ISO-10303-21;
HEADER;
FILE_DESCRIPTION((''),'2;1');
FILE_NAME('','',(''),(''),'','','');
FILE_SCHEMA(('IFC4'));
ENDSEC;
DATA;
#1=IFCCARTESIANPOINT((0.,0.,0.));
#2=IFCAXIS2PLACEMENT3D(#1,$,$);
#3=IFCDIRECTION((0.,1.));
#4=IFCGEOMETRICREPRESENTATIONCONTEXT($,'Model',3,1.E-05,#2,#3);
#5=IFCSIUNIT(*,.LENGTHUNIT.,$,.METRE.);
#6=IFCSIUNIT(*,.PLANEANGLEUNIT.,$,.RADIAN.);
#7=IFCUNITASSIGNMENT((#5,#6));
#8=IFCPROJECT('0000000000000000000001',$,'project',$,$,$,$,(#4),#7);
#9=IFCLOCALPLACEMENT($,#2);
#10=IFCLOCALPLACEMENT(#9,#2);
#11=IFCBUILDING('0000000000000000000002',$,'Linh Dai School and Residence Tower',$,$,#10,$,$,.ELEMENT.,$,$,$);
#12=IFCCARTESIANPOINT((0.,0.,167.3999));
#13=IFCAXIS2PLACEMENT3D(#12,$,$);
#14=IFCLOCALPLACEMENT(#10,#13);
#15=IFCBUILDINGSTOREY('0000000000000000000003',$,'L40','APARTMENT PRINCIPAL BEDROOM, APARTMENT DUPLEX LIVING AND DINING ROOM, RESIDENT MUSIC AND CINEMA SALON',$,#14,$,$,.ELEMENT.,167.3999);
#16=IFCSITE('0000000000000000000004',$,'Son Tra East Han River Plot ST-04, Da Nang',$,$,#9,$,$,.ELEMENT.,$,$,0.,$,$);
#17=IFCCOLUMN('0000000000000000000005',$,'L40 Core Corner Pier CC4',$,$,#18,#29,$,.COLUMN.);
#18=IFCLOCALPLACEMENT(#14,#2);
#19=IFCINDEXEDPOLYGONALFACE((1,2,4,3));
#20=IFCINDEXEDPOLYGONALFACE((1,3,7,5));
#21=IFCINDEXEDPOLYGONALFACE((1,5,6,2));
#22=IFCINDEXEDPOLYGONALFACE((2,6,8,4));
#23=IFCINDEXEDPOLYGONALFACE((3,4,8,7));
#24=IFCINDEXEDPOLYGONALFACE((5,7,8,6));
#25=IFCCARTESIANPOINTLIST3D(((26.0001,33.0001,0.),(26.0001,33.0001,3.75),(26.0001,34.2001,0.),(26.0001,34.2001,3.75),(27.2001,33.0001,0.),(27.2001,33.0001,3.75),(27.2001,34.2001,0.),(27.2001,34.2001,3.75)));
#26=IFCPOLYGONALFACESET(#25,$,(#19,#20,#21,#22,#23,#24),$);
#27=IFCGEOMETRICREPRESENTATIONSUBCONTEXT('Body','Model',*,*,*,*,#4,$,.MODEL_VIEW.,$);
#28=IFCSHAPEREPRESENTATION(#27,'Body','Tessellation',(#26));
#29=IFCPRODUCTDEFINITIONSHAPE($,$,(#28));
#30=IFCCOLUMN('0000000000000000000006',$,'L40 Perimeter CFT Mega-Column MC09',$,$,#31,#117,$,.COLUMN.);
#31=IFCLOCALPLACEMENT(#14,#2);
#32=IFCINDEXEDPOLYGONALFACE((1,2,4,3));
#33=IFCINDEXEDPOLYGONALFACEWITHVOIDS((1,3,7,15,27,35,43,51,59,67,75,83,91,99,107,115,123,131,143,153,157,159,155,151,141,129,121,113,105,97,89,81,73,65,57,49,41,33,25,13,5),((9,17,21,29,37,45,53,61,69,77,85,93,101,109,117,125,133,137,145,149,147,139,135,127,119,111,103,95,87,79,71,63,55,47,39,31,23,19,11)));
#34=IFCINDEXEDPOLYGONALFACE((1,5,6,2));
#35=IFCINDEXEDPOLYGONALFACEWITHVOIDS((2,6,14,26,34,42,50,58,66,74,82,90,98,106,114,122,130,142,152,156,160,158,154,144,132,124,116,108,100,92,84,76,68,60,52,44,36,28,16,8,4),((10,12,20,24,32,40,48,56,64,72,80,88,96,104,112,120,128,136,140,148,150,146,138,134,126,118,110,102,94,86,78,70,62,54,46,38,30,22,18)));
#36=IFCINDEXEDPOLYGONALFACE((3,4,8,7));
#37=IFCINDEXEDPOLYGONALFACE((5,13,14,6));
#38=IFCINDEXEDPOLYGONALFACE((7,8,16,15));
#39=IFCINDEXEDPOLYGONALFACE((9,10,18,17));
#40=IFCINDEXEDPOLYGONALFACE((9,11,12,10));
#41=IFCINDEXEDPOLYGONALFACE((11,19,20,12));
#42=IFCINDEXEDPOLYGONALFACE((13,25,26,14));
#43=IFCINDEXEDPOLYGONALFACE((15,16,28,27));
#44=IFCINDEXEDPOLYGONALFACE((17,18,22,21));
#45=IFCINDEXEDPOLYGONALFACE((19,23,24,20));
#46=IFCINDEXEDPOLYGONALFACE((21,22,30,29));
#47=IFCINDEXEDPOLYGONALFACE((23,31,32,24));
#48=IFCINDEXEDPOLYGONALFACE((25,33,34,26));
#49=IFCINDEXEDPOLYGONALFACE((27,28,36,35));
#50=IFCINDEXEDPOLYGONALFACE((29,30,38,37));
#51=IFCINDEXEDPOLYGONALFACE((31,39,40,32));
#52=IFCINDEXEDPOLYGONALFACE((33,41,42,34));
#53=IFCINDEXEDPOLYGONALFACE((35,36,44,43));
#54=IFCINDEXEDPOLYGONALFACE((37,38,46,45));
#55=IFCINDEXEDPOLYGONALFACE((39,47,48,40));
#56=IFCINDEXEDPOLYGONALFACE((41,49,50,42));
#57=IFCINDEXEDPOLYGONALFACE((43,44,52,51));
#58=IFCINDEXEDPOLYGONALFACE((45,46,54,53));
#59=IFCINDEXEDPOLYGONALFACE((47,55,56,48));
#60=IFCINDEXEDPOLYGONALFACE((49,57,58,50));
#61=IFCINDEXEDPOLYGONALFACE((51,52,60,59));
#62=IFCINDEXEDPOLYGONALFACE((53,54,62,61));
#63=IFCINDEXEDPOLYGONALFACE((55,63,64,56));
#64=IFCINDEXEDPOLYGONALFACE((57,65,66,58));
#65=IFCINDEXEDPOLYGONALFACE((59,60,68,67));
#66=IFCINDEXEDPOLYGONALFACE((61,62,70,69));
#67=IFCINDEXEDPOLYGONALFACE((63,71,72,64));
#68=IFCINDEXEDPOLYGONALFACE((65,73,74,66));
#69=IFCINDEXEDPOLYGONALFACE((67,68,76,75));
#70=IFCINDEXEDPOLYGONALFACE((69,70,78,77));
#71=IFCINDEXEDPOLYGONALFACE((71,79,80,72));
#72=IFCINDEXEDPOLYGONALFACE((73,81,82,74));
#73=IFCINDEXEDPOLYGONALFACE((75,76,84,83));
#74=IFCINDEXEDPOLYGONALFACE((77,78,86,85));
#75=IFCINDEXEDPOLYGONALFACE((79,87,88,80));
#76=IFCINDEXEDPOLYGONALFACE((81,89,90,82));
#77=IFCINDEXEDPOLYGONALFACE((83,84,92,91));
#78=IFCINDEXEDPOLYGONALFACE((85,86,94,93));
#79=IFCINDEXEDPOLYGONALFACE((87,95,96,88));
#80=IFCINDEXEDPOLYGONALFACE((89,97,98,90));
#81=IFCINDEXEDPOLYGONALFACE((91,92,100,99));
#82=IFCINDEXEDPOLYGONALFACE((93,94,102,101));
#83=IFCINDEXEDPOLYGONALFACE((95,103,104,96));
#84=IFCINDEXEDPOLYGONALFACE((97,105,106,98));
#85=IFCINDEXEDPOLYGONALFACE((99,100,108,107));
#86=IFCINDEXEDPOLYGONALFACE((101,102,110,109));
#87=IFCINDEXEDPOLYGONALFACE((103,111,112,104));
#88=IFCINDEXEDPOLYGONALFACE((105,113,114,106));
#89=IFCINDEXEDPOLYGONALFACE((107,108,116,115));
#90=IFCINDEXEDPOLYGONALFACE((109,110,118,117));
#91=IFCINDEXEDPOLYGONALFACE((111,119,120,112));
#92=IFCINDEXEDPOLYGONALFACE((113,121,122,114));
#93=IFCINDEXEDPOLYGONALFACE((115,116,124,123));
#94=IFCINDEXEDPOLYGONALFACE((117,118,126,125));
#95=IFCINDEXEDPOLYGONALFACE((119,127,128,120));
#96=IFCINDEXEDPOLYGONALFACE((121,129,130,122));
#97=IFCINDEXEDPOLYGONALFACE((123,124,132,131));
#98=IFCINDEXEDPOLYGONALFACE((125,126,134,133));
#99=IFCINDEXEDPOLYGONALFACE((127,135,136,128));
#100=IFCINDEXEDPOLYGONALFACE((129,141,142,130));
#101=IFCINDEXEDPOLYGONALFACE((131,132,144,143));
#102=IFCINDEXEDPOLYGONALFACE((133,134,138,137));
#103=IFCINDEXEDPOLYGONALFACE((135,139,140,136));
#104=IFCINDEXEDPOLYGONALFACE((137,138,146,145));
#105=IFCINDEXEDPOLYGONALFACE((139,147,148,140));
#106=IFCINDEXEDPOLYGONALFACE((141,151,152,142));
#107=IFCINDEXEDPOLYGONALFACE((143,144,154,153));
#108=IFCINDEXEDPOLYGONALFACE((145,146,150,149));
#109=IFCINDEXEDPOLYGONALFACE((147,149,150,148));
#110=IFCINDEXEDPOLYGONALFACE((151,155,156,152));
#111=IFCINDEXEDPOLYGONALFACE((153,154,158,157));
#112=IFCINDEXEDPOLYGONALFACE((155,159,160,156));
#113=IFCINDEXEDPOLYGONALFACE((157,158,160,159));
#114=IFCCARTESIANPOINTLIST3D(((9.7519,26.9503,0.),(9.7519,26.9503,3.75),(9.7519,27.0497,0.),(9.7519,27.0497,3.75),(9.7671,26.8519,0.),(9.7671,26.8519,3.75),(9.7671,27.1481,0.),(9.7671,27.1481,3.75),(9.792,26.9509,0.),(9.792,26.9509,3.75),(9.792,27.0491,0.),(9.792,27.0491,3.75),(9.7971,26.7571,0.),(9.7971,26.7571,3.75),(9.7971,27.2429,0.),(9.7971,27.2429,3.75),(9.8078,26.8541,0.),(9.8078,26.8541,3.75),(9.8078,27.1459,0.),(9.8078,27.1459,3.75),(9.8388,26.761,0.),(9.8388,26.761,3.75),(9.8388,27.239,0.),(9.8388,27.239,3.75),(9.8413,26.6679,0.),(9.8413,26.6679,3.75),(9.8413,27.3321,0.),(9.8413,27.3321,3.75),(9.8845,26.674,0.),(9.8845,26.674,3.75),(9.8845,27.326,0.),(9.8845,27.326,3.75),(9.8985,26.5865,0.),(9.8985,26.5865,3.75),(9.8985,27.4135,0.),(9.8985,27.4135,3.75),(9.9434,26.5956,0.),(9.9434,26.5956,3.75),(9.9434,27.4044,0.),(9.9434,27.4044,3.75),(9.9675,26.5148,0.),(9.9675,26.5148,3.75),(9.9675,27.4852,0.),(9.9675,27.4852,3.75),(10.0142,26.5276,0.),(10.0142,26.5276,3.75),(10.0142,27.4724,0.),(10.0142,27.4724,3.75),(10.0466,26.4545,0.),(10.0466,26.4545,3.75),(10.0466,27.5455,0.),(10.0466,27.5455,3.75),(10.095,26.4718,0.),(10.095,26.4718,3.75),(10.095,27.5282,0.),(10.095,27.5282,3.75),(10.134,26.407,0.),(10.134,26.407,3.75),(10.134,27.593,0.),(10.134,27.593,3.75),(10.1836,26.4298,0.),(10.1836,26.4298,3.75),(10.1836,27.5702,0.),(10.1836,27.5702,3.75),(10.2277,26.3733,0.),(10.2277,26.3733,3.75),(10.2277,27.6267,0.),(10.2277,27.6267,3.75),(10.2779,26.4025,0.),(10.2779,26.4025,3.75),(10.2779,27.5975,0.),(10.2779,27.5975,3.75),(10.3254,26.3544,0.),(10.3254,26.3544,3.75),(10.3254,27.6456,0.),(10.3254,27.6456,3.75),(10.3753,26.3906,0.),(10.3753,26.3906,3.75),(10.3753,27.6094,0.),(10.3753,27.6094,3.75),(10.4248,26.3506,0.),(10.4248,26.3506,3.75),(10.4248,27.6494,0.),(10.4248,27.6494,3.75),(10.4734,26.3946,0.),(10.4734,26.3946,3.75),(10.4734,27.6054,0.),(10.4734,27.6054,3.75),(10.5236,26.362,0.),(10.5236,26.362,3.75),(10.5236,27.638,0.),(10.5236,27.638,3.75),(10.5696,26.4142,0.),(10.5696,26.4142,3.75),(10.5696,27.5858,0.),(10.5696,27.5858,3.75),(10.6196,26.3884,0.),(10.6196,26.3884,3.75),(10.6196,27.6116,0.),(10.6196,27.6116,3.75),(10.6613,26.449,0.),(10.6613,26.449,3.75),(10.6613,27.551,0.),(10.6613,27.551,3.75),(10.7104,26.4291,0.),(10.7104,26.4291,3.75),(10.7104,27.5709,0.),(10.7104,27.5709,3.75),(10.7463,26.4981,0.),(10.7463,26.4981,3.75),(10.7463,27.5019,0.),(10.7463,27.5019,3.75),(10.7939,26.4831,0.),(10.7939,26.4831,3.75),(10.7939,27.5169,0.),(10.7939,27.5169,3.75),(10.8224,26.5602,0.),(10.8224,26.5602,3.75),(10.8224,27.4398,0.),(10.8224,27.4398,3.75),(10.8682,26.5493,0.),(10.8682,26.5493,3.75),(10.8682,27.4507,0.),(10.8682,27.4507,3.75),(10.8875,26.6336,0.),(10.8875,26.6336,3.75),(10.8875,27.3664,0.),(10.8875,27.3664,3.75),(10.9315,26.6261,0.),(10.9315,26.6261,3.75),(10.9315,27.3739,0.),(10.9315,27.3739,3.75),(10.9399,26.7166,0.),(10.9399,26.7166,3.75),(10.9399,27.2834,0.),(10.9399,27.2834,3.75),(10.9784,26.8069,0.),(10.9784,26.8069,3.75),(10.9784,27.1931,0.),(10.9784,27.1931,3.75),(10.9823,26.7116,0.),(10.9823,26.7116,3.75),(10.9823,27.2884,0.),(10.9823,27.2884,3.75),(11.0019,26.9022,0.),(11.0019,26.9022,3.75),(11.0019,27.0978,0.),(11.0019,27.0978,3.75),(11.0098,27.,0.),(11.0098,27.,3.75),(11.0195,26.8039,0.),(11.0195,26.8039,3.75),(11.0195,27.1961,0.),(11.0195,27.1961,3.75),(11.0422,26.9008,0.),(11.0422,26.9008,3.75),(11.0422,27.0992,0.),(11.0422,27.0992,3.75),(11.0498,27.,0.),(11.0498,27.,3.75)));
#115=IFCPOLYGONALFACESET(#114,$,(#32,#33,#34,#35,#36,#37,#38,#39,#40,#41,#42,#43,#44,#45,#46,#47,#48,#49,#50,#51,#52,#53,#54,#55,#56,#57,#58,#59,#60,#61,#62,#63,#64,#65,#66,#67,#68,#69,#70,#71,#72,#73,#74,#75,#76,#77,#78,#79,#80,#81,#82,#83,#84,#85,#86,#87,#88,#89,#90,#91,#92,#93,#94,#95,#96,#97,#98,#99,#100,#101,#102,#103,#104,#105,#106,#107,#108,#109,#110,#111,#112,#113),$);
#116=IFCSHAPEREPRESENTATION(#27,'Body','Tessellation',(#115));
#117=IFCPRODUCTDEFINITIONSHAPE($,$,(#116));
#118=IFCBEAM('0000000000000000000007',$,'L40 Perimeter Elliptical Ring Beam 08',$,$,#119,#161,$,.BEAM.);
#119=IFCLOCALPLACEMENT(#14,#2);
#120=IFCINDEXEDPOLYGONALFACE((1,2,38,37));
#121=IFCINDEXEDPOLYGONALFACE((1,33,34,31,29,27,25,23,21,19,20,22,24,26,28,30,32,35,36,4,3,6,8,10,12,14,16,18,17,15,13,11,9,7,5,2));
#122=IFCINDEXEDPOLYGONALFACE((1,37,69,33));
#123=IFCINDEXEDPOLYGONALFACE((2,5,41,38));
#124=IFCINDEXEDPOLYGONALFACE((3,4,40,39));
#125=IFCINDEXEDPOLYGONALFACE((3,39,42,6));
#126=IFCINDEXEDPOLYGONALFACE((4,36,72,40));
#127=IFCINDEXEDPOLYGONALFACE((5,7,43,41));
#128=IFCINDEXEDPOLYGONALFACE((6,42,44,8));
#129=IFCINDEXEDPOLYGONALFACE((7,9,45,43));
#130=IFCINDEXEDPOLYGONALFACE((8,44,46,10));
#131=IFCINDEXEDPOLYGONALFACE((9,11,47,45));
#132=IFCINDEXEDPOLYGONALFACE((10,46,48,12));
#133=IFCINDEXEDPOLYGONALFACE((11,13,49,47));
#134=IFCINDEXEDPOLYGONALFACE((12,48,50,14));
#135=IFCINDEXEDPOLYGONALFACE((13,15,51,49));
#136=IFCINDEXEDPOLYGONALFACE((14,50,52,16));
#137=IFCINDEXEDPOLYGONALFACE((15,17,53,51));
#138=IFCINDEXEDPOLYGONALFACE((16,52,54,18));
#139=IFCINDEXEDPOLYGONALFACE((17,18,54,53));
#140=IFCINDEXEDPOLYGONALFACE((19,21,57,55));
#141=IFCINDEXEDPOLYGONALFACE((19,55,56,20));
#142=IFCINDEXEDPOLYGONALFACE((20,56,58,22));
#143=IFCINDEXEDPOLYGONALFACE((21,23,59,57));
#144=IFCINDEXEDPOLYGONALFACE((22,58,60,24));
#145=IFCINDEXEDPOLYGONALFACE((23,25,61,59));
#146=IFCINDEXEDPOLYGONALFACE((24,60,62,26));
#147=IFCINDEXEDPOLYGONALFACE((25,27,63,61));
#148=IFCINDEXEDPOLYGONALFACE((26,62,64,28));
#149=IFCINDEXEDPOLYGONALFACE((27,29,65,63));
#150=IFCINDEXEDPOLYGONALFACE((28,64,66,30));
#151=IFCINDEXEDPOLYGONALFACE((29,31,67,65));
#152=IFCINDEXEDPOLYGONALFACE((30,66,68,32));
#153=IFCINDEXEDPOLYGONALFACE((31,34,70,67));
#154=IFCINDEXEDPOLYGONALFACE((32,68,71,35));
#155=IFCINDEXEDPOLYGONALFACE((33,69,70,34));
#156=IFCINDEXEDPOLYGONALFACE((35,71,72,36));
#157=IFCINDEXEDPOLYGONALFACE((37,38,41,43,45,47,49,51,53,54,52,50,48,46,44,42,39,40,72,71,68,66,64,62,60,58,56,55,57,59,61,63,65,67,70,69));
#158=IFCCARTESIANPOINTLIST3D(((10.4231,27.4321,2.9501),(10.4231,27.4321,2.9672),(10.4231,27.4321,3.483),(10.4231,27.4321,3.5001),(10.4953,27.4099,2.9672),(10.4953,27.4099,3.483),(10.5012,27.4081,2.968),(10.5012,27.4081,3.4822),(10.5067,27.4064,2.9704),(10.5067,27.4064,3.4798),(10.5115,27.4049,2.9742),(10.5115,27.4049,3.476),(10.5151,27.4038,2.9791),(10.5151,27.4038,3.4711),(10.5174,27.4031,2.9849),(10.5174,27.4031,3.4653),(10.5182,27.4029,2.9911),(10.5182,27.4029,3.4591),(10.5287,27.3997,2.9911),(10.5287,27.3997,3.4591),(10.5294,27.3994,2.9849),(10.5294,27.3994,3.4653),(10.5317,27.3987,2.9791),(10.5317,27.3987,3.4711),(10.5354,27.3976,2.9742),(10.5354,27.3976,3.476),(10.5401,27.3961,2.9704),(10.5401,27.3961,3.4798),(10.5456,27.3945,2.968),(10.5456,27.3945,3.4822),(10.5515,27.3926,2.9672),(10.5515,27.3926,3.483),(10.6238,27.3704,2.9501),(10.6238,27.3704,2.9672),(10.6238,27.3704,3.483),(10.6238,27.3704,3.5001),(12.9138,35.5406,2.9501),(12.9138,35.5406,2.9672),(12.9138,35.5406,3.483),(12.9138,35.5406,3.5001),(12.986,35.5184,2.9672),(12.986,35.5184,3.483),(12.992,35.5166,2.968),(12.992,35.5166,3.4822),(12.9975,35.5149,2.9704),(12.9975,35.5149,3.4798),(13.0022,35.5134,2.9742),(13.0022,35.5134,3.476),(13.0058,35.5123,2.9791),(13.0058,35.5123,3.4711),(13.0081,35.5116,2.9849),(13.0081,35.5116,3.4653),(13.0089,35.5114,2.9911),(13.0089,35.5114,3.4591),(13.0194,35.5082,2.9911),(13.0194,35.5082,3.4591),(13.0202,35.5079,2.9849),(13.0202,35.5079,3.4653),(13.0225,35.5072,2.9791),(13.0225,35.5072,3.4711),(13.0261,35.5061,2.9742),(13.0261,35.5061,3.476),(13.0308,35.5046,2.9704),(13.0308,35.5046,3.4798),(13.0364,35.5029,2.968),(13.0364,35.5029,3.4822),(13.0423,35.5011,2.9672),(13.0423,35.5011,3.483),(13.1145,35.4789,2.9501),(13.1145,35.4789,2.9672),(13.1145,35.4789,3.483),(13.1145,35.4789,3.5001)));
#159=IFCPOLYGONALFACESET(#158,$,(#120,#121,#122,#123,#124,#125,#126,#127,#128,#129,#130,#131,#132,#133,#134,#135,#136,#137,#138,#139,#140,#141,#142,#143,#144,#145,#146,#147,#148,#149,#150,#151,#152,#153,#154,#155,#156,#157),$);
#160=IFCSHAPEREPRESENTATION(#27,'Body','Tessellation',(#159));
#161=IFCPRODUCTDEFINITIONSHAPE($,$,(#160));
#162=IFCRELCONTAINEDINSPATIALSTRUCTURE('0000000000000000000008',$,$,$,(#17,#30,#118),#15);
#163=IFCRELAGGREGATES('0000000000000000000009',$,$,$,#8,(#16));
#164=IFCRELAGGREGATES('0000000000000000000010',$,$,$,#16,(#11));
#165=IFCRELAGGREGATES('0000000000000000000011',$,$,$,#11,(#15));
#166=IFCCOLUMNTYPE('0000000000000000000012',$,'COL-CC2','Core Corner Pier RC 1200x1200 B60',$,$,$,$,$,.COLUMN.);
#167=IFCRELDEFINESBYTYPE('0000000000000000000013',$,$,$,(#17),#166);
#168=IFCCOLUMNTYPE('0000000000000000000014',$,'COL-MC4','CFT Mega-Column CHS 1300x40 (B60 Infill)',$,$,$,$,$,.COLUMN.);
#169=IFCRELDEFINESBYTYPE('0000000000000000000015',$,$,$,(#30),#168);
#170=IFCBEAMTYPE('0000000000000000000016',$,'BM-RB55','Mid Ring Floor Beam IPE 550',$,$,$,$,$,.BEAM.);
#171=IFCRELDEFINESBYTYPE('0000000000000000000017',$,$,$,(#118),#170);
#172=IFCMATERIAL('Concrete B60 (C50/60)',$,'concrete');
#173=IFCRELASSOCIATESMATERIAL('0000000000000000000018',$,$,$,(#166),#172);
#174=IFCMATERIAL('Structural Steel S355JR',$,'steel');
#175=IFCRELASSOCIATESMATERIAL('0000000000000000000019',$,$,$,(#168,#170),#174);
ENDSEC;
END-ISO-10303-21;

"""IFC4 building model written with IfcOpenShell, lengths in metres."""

from ifc_helpers import new_model, si_unit, direction, frame, origin, origin_2d, place, context, subcontext, project, spatial, rectangle, hollow_circle, i_section, extrude, material, material_profile, profile_set, type_object, element, save


model = new_model("IFC4")

# Units and contexts
model_context = context("Model", 3, precision=1e-05, world=origin(), true_north=direction((0.0, 1.0)))
body_context = subcontext(model_context, "Body", "Model", "MODEL_VIEW")
ifc_project = project(units=[si_unit("LENGTHUNIT", "METRE"), si_unit("PLANEANGLEUNIT", "RADIAN")], contexts=[model_context])

# Site, building, storey
site_placement = place(None, origin())
site = spatial("IfcSite", under=ifc_project, at=site_placement, Name="Son Tra East Han River Plot ST-04, Da Nang", CompositionType="ELEMENT", RefElevation=0.0)
building_placement = place(site_placement, origin())
building = spatial("IfcBuilding", under=site, at=building_placement, Name="Linh Dai School and Residence Tower", CompositionType="ELEMENT")
storey_placement = place(building_placement, frame((0.0, 0.0, 167.3999)))
storey = spatial("IfcBuildingStorey", under=building, at=storey_placement, Name="L40", Description="APARTMENT PRINCIPAL BEDROOM, APARTMENT DUPLEX LIVING AND DINING ROOM, RESIDENT MUSIC AND CINEMA SALON", CompositionType="ELEMENT", Elevation=167.3999)

# Columns
ifc_material_1 = material(Name="Concrete B60 (C50/60)", Category="concrete")
ifc_material_profile_1 = material_profile(ifc_material_1, rectangle(XDim=1.2, YDim=1.2, at=origin_2d()), Name="RC 1200x1200")
ifc_profile_set_1 = profile_set([ifc_material_profile_1], Name="Concrete B60 (C50/60)")
column_type_1 = type_object("IfcColumnType", Name="COL-CC2", Description="Core Corner Pier RC 1200x1200 B60", PredefinedType="COLUMN", material=ifc_profile_set_1)
column_1_placement = place(storey_placement, frame((26.6001, 33.6001, 0.0), z_axis=(0.0, 0.0, 1.0), x_axis=(1.0, 0.0, 0.0)))
element("IfcColumn", 1, at=column_1_placement, inside=storey, type_object=column_type_1, Name="L40 Core Corner Pier CC4", PredefinedType="COLUMN", context=body_context, shape_type="SweptSolid", body=[
    extrude(rectangle(XDim=1.2, YDim=1.2, at=origin_2d()), origin(), (0.0, 0.0, 1.0), 3.75),
])
ifc_material_2 = material(Name="Structural Steel S355JR", Category="steel")
ifc_material_profile_2 = material_profile(ifc_material_2, hollow_circle(Radius=0.6499, WallThickness=0.04, at=origin_2d()), Name="CHS 1300x40")
ifc_profile_set_2 = profile_set([ifc_material_profile_2], Name="Structural Steel S355JR")
column_type_2 = type_object("IfcColumnType", Name="COL-MC4", Description="CFT Mega-Column CHS 1300x40 (B60 Infill)", PredefinedType="COLUMN", material=ifc_profile_set_2)
column_2_placement = place(storey_placement, frame((10.3999, 27.0, 0.0), z_axis=(0.0, 0.0, 1.0), x_axis=(1.0, 0.0, 0.0)))
element("IfcColumn", 2, at=column_2_placement, inside=storey, type_object=column_type_2, Name="L40 Perimeter CFT Mega-Column MC09", PredefinedType="COLUMN", context=body_context, shape_type="SweptSolid", body=[
    extrude(hollow_circle(Radius=0.6499, WallThickness=0.04, at=origin_2d()), origin(), (0.0, 0.0, 1.0), 3.75),
])

# Beam
ifc_material_profile_3 = material_profile(ifc_material_2, i_section(OverallWidth=0.21, OverallDepth=0.55, WebThickness=0.011, FlangeThickness=0.0171, FilletRadius=0.0239, at=origin_2d()), Name="IPE 550")
ifc_profile_set_3 = profile_set([ifc_material_profile_3], Name="Structural Steel S355JR")
beam_type_1 = type_object("IfcBeamType", Name="BM-RB55", Description="Mid Ring Floor Beam IPE 550", PredefinedType="BEAM", material=ifc_profile_set_3)
beam_1_placement = place(storey_placement, frame((13.0142, 35.5098, 3.2251), z_axis=(-0.293637, -0.955917, 0.0), x_axis=(0.955917, -0.293637, 0.0)))
element("IfcBeam", 3, at=beam_1_placement, inside=storey, type_object=beam_type_1, Name="L40 Perimeter Elliptical Ring Beam 08", PredefinedType="BEAM", context=body_context, shape_type="SweptSolid", body=[
    extrude(i_section(OverallWidth=0.21, OverallDepth=0.55, WebThickness=0.011, FlangeThickness=0.0171, FilletRadius=0.0239, at=origin_2d()), origin(), (0.0, 0.0, 1.0), 8.4824),
])

save(model, "model.ifc")
